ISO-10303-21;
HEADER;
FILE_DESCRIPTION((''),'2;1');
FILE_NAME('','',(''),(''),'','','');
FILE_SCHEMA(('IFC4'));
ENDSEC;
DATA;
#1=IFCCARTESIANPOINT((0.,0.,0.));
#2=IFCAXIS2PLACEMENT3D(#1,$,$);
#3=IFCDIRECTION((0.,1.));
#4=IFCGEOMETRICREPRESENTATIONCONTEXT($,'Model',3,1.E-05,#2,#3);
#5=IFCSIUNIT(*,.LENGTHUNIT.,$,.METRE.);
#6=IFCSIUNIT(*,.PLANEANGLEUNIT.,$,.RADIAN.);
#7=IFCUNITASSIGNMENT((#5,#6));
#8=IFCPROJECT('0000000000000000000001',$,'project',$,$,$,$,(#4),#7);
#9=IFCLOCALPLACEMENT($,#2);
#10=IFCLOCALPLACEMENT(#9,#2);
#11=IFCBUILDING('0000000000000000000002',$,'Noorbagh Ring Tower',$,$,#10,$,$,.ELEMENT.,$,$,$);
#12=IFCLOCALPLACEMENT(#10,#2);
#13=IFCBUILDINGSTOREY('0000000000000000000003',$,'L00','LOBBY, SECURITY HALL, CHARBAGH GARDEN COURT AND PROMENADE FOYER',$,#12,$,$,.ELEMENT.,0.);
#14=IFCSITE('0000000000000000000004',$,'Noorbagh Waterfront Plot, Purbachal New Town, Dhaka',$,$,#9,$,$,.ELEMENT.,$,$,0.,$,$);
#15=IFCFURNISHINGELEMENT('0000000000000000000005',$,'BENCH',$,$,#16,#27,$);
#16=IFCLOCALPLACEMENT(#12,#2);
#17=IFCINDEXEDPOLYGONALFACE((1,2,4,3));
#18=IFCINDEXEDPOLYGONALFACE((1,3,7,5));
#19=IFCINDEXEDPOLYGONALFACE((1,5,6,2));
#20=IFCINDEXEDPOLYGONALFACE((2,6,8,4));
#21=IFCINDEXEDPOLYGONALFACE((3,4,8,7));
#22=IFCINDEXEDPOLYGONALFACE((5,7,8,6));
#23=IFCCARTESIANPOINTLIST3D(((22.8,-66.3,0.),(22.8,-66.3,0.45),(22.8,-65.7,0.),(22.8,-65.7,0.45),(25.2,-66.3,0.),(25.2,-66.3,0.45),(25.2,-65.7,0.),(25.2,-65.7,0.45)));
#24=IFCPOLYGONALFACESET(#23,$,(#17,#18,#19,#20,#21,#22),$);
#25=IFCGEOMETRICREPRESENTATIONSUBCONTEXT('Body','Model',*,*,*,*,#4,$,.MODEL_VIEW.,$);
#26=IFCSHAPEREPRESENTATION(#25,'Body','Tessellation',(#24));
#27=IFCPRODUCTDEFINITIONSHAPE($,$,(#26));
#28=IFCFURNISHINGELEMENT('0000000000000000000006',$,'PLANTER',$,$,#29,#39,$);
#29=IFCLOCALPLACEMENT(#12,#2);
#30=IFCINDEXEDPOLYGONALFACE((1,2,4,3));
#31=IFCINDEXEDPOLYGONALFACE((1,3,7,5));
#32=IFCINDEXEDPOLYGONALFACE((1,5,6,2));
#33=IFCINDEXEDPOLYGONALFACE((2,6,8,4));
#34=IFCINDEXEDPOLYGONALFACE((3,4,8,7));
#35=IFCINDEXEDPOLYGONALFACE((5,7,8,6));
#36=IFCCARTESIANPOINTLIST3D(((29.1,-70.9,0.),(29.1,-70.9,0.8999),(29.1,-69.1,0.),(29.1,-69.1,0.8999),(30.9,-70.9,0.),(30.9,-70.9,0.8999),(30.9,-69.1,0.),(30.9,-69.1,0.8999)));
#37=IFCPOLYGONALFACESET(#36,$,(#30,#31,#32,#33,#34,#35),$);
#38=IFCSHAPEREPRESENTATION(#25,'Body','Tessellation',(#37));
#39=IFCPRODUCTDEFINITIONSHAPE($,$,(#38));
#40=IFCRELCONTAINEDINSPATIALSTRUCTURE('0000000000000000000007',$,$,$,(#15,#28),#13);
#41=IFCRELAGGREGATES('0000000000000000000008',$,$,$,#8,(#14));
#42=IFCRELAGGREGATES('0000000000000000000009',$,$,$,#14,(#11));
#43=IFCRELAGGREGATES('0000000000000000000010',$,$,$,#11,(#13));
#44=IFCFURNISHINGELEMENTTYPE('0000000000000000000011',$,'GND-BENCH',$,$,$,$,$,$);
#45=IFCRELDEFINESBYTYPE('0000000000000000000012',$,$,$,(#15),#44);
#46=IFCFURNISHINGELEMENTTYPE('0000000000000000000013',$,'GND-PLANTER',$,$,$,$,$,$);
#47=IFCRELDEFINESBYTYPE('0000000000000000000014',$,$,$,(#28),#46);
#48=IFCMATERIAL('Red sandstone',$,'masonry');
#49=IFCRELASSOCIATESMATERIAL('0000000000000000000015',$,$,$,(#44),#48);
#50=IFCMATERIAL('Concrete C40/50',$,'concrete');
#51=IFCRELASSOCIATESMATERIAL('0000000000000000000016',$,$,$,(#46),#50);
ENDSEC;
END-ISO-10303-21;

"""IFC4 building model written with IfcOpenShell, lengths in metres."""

from ifc_helpers import new_model, si_unit, direction, frame, origin, origin_2d, place, context, subcontext, project, spatial, rectangle, extrude, material, type_object, element, save


model = new_model("IFC4")

# Units and contexts
model_context = context("Model", 3, precision=1e-05, world=origin(), true_north=direction((0.0, 1.0)))
body_context = subcontext(model_context, "Body", "Model", "MODEL_VIEW")
ifc_project = project(units=[si_unit("LENGTHUNIT", "METRE"), si_unit("PLANEANGLEUNIT", "RADIAN")], contexts=[model_context])

# Site, building, storey
site_placement = place(None, origin())
site = spatial("IfcSite", under=ifc_project, at=site_placement, Name="Noorbagh Waterfront Plot, Purbachal New Town, Dhaka", CompositionType="ELEMENT", RefElevation=0.0)
building_placement = place(site_placement, origin())
building = spatial("IfcBuilding", under=site, at=building_placement, Name="Noorbagh Ring Tower", CompositionType="ELEMENT")
storey_placement = place(building_placement, origin())
storey = spatial("IfcBuildingStorey", under=building, at=storey_placement, Name="L00", Description="LOBBY, SECURITY HALL, CHARBAGH GARDEN COURT AND PROMENADE FOYER", CompositionType="ELEMENT", Elevation=0.0)

# Furnishing elements
ifc_material_1 = material(Name="Red sandstone", Category="masonry")
furnishing_element_type_1 = type_object("IfcFurnishingElementType", Name="GND-BENCH", material=ifc_material_1)
furnishing_1_placement = place(storey_placement, frame((24.0, -66.0, 0.0), z_axis=(0.0, 0.0, 1.0), x_axis=(1.0, 0.0, 0.0)))
element("IfcFurnishingElement", 1, at=furnishing_1_placement, inside=storey, type_object=furnishing_element_type_1, Name="BENCH", context=body_context, shape_type="SweptSolid", body=[
    extrude(rectangle(XDim=2.3999, YDim=0.6001, at=origin_2d()), origin(), (0.0, 0.0, 1.0), 0.45),
])
ifc_material_2 = material(Name="Concrete C40/50", Category="concrete")
furnishing_element_type_2 = type_object("IfcFurnishingElementType", Name="GND-PLANTER", material=ifc_material_2)
furnishing_2_placement = place(storey_placement, frame((30.0, -70.0, 0.0), z_axis=(0.0, 0.0, 1.0), x_axis=(1.0, 0.0, 0.0)))
element("IfcFurnishingElement", 2, at=furnishing_2_placement, inside=storey, type_object=furnishing_element_type_2, Name="PLANTER", context=body_context, shape_type="SweptSolid", body=[
    extrude(rectangle(XDim=1.8, YDim=1.8, at=origin_2d()), origin(), (0.0, 0.0, 1.0), 0.8999),
])

save(model, "model.ifc")
